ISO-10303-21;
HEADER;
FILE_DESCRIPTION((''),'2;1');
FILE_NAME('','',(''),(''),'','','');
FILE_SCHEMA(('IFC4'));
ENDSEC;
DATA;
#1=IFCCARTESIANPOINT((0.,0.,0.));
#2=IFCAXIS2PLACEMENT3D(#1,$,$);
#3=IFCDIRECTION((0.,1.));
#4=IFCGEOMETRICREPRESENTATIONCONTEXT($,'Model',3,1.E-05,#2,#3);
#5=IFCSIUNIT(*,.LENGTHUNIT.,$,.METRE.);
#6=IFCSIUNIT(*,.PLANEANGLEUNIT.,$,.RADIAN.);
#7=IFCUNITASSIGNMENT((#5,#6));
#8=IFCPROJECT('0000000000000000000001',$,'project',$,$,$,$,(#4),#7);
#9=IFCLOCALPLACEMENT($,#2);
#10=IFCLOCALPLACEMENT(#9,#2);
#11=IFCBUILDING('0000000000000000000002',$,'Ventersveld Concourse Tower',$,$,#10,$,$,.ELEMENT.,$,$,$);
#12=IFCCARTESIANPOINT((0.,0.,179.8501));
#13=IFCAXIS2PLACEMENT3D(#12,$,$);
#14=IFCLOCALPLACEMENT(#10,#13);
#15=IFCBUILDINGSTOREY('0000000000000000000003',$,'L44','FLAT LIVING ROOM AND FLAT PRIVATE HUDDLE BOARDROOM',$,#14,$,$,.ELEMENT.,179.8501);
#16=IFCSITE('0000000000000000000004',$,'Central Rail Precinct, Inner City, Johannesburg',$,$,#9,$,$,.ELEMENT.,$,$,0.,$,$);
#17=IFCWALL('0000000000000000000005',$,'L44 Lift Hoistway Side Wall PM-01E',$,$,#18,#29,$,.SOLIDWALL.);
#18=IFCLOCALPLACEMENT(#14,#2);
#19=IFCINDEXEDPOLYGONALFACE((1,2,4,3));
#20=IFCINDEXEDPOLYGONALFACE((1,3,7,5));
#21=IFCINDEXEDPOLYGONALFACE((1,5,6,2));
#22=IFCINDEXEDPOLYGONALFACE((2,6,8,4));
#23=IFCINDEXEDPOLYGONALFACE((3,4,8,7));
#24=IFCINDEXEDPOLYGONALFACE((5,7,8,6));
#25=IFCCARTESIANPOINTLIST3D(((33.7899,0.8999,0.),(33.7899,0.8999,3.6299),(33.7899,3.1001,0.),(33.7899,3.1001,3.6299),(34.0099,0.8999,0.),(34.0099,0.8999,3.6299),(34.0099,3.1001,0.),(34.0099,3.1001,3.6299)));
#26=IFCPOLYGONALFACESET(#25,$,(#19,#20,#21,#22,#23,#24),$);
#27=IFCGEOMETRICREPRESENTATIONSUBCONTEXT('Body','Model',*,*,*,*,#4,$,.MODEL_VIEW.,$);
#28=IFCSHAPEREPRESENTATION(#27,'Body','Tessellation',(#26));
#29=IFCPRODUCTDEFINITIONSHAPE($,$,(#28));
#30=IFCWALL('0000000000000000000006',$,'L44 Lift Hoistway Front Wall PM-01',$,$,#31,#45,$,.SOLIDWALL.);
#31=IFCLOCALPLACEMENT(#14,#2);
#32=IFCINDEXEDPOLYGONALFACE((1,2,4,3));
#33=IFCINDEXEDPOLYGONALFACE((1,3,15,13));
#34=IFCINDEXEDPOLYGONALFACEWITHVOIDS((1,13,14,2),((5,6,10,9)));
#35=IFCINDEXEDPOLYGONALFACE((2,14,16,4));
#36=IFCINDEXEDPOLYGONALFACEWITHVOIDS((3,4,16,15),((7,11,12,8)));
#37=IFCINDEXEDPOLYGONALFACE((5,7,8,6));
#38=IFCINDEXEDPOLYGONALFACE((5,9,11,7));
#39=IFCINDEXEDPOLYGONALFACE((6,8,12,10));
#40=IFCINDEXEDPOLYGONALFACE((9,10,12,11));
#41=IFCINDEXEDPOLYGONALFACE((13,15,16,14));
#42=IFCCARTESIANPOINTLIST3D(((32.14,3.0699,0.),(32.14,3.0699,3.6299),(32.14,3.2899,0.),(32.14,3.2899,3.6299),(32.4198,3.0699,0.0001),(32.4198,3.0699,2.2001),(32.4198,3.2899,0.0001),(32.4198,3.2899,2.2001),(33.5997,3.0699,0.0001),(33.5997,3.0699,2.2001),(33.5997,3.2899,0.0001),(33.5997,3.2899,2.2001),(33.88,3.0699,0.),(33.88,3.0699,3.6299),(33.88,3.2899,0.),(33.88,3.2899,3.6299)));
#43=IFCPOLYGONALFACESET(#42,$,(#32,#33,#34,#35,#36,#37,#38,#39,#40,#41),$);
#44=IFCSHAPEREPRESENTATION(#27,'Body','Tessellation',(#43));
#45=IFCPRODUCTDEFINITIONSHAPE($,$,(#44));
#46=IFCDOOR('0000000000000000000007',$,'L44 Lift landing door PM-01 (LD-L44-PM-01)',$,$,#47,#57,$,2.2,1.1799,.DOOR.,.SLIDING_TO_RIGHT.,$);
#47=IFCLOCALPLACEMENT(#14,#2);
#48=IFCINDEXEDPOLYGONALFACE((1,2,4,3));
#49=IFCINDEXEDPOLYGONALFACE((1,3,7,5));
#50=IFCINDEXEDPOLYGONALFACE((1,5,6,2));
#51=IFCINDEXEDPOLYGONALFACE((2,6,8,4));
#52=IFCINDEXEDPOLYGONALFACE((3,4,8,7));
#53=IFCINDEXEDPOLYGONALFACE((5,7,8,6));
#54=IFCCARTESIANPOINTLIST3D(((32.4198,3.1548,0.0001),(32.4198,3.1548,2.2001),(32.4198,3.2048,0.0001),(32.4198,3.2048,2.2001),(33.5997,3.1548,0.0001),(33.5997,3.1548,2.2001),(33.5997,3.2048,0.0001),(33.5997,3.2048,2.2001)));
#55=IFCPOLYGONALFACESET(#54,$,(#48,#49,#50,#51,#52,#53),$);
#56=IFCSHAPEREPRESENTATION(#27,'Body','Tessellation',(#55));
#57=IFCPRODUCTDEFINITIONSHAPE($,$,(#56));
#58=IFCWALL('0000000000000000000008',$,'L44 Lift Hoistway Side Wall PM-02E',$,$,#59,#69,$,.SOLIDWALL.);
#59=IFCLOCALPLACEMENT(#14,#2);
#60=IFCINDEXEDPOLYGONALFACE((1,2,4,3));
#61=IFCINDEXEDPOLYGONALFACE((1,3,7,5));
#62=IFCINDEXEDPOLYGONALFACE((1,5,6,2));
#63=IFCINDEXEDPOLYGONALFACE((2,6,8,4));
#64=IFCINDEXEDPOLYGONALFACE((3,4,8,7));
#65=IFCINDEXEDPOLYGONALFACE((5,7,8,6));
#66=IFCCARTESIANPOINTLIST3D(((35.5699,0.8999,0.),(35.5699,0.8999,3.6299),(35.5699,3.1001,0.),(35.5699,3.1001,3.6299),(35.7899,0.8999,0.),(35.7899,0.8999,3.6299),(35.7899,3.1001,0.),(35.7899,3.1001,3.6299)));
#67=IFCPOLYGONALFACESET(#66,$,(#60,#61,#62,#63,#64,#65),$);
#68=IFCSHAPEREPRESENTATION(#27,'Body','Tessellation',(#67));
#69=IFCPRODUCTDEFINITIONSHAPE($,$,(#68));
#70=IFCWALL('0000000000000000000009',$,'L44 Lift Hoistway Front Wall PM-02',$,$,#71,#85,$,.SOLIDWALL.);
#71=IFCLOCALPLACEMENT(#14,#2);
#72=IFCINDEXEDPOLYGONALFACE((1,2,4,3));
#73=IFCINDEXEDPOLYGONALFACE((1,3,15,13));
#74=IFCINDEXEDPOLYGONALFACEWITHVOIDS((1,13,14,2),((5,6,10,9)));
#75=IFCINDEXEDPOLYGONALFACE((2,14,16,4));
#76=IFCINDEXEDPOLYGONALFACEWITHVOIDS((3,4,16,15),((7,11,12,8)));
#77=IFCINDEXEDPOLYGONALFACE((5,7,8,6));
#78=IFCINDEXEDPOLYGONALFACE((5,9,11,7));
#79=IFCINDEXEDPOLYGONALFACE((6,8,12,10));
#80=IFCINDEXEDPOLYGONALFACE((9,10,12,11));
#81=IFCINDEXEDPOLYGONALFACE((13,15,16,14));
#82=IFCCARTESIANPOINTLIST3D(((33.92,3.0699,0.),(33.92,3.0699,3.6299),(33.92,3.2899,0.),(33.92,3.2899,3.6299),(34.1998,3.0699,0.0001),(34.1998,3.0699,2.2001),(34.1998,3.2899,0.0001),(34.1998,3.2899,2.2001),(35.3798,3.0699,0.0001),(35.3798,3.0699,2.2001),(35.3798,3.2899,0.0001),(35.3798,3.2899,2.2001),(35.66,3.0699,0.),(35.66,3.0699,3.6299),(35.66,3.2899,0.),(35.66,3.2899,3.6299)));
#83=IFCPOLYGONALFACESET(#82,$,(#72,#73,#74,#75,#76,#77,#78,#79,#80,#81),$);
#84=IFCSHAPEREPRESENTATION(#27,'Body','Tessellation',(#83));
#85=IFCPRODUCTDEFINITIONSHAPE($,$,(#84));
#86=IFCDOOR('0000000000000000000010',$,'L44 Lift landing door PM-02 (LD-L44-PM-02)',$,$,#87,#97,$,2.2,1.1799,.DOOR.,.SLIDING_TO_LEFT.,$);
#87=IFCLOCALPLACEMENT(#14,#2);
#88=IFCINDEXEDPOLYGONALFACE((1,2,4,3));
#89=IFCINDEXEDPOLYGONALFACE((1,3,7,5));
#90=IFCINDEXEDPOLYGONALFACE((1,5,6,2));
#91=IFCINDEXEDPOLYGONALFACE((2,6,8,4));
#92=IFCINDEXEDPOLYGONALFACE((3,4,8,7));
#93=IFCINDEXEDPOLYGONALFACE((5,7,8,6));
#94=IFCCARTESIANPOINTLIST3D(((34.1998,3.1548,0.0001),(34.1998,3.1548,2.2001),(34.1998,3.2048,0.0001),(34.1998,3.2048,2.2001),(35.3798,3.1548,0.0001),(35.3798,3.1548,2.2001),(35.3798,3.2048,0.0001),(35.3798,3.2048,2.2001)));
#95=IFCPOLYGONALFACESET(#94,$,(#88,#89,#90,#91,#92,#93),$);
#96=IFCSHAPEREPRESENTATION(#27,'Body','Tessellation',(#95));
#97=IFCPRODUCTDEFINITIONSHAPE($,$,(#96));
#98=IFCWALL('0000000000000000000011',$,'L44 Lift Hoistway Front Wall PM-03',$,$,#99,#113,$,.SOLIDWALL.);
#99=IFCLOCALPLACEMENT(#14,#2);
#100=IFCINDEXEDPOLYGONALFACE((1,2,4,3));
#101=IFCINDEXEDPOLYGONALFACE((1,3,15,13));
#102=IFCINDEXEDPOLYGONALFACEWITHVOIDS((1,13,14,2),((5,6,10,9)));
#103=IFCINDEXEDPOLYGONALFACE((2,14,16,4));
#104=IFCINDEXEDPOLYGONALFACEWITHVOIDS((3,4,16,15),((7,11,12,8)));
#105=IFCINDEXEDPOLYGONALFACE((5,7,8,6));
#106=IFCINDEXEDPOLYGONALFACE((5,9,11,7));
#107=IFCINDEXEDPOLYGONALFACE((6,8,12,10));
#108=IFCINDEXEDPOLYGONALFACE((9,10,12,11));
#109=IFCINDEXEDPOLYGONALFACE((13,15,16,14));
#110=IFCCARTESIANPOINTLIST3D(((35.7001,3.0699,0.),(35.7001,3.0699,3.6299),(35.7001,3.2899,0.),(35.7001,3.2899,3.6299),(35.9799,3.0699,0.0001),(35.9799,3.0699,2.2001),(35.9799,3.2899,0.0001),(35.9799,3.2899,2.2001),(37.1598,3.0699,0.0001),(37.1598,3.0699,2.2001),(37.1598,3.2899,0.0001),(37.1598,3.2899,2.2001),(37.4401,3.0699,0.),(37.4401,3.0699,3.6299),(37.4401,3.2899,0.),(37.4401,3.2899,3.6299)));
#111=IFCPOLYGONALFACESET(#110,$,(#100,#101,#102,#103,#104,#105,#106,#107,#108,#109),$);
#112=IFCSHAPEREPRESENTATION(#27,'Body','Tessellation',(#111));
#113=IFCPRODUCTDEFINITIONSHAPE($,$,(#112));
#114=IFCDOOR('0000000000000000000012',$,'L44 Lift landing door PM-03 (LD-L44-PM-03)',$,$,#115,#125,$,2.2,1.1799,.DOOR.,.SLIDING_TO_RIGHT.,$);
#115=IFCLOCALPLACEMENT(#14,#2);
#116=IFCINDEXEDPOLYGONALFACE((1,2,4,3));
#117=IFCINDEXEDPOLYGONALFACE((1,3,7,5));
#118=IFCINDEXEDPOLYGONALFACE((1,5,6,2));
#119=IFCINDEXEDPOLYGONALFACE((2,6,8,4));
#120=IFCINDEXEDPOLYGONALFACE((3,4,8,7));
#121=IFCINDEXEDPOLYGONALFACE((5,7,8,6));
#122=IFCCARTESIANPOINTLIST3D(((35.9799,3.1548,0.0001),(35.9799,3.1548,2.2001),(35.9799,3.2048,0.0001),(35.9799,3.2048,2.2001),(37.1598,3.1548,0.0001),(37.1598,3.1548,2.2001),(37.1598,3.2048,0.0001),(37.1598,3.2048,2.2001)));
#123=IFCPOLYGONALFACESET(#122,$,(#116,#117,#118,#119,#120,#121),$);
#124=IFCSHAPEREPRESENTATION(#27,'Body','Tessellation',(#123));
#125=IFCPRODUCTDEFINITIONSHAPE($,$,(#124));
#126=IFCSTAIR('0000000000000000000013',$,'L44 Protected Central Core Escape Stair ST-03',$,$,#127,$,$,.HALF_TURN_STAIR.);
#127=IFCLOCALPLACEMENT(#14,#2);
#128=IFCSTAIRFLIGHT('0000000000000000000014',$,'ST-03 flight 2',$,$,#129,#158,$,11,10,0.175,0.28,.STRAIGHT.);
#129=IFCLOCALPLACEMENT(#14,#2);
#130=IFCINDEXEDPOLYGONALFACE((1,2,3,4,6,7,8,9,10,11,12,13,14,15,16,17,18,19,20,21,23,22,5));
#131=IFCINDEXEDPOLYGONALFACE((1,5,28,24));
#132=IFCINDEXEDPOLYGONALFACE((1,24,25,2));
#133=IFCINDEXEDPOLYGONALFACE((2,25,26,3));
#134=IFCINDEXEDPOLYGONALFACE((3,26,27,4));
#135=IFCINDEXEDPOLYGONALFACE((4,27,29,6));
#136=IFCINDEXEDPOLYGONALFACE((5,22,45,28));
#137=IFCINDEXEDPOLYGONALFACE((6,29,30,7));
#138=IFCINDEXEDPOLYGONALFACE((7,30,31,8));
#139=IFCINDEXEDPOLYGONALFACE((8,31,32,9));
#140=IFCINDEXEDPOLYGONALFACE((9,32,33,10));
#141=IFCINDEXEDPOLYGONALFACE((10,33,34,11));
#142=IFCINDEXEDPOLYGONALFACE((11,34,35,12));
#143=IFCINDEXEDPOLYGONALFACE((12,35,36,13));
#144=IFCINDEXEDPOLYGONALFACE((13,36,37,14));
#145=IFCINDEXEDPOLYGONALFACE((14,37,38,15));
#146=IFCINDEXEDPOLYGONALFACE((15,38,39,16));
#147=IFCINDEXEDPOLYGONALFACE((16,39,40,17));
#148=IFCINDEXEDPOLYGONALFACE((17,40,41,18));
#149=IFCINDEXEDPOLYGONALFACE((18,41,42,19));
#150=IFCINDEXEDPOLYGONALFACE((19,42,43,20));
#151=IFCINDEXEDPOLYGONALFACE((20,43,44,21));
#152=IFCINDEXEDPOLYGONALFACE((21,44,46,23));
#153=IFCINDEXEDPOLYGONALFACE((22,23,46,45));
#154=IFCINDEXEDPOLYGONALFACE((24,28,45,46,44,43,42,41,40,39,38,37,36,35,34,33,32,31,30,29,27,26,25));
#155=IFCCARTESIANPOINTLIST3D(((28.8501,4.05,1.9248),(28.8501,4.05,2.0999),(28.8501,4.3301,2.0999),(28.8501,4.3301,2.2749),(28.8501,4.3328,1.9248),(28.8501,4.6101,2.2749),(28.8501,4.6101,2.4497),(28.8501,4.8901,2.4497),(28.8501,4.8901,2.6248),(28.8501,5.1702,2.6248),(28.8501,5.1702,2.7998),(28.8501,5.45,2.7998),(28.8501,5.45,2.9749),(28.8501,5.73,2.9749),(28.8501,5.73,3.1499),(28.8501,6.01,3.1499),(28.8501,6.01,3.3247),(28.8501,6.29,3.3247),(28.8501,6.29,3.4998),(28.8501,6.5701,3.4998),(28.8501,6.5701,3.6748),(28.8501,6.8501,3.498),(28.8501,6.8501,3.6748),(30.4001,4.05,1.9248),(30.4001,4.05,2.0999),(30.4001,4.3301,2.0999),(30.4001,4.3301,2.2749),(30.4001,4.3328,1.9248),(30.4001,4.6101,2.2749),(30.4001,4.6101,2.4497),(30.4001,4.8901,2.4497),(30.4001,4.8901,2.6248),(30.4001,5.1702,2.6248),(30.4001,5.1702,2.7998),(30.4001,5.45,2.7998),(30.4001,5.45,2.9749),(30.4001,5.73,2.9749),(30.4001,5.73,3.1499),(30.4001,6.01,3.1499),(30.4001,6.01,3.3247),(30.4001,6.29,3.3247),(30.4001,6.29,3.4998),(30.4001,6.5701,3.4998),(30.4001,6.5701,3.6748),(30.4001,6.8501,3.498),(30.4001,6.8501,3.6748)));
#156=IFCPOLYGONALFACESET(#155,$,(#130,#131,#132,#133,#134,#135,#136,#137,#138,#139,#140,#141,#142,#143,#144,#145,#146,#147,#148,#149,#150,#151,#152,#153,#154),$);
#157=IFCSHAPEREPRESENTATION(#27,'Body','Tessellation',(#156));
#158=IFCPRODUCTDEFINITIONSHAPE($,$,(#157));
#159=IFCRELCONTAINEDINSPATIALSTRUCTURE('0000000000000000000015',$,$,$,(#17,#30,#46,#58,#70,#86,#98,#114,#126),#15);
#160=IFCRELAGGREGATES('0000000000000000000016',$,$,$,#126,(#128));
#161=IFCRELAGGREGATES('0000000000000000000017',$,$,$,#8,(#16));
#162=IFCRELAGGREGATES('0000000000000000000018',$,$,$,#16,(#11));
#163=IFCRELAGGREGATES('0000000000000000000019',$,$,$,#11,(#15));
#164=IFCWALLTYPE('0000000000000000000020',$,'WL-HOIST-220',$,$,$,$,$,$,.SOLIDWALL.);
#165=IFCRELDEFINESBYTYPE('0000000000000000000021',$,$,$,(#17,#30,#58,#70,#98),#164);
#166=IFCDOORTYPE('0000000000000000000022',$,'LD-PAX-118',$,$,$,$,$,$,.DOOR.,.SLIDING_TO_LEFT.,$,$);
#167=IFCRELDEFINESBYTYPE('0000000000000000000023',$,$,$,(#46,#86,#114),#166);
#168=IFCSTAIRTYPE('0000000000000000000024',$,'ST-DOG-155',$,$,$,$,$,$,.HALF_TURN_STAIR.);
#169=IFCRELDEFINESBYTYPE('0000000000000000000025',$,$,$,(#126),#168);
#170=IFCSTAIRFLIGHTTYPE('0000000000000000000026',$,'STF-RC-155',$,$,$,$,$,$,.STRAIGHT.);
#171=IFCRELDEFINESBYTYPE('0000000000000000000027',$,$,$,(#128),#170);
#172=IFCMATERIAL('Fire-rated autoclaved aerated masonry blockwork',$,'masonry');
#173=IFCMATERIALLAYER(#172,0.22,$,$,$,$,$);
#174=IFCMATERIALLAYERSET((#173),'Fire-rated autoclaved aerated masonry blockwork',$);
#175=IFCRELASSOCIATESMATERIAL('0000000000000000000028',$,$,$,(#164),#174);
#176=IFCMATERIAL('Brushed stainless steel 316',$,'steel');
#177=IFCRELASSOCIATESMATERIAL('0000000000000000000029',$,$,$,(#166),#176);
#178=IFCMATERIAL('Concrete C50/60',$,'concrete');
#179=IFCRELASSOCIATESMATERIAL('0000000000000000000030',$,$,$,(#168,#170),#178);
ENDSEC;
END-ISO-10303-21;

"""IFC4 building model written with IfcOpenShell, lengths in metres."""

from ifc_helpers import new_model, si_unit, direction, frame, frame_2d, origin, place, context, subcontext, project, spatial, polyline, rectangle, outline, extrude, material, layer, layer_set, type_object, element, fill, aggregate, save


model = new_model("IFC4")

# Units and contexts
model_context = context("Model", 3, precision=1e-05, world=origin(), true_north=direction((0.0, 1.0)))
body_context = subcontext(model_context, "Body", "Model", "MODEL_VIEW")
ifc_project = project(units=[si_unit("LENGTHUNIT", "METRE"), si_unit("PLANEANGLEUNIT", "RADIAN")], contexts=[model_context])

# Site, building, storey
site_placement = place(None, origin())
site = spatial("IfcSite", under=ifc_project, at=site_placement, Name="Central Rail Precinct, Inner City, Johannesburg", CompositionType="ELEMENT", RefElevation=0.0)
building_placement = place(site_placement, origin())
building = spatial("IfcBuilding", under=site, at=building_placement, Name="Ventersveld Concourse Tower", CompositionType="ELEMENT")
storey_placement = place(building_placement, frame((0.0, 0.0, 179.8501)))
storey = spatial("IfcBuildingStorey", under=building, at=storey_placement, Name="L44", Description="FLAT LIVING ROOM AND FLAT PRIVATE HUDDLE BOARDROOM", CompositionType="ELEMENT", Elevation=179.8501)

# Shared definitions
ifc_material_1 = material(Name="Concrete C50/60", Category="concrete")

# Wall
ifc_material_2 = material(Name="Fire-rated autoclaved aerated masonry blockwork", Category="masonry")
ifc_layer_1 = layer(ifc_material_2, 0.22)
ifc_layer_set_1 = layer_set([ifc_layer_1], Name="Fire-rated autoclaved aerated masonry blockwork")
wall_type_1 = type_object("IfcWallType", Name="WL-HOIST-220", PredefinedType="SOLIDWALL", material=ifc_layer_set_1)
for number, where, z_axis, x_axis, name in (
    (1, (33.8999, 0.8999, 0.0), (0.0, 0.0, 1.0), (0.0, 1.0, 0.0), "L44 Lift Hoistway Side Wall PM-01E"),
):
    element("IfcWall", number, at=place(storey_placement, frame(where, z_axis=z_axis, x_axis=x_axis)), inside=storey, type_object=wall_type_1, Name=name, PredefinedType="SOLIDWALL", context=body_context, shape_type="SweptSolid", body=[
        extrude(rectangle(XDim=2.2002, YDim=0.22, at=frame_2d((1.1001, 0.0))), origin(), (0.0, 0.0, 1.0), 3.6299),
    ])

# Wall, opening, door
wall_1_placement = place(storey_placement, frame((32.1399, 3.1799, 0.0), z_axis=(0.0, 0.0, 1.0), x_axis=(1.0, 0.0, 0.0)))
wall_1 = element("IfcWall", 2, at=wall_1_placement, inside=storey, type_object=wall_type_1, Name="L44 Lift Hoistway Front Wall PM-01", PredefinedType="SOLIDWALL", context=body_context, shape_type="SweptSolid", body=[
    extrude(rectangle(XDim=1.74, YDim=0.22, at=frame_2d((0.8701, 0.0))), origin(), (0.0, 0.0, 1.0), 3.6299),
])
opening_1_placement = place(wall_1_placement, frame((0.28, 0.0, 0.0)))
opening_1 = element("IfcOpeningElement", 3, at=opening_1_placement, cuts=wall_1, PredefinedType="OPENING", context=body_context, shape_type="SweptSolid", body=[
    extrude(rectangle(XDim=1.1799, YDim=2.2, at=frame_2d((0.5898, 1.1001))), frame((0.0, 0.1201, 0.0), z_axis=(0.0, -1.0, 0.0), x_axis=(1.0, 0.0, 0.0)), (0.0, 0.0, 1.0), 0.24),
])
ifc_material_3 = material(Name="Brushed stainless steel 316", Category="steel")
door_type = type_object("IfcDoorType", Name="LD-PAX-118", OperationType="SLIDING_TO_LEFT", PredefinedType="DOOR", material=ifc_material_3)
door_1_placement = place(opening_1_placement, origin())
door_1 = element("IfcDoor", 4, at=door_1_placement, inside=storey, type_object=door_type, Name="L44 Lift landing door PM-01 (LD-L44-PM-01)", OperationType="SLIDING_TO_RIGHT", OverallHeight=2.2, OverallWidth=1.1799, PredefinedType="DOOR", context=body_context, shape_type="SweptSolid", body=[
    extrude(rectangle(XDim=1.1799, YDim=2.2, at=frame_2d((0.5898, 1.1001))), frame((0.0, 0.0249, 0.0), z_axis=(0.0, -1.0, 0.0), x_axis=(1.0, 0.0, 0.0)), (0.0, 0.0, 1.0), 0.05),
])
fill(opening_1, door_1)

# Wall
wall_2_placement = place(storey_placement, frame((35.6799, 0.8999, 0.0), z_axis=(0.0, 0.0, 1.0), x_axis=(0.0, 1.0, 0.0)))
element("IfcWall", 5, at=wall_2_placement, inside=storey, type_object=wall_type_1, Name="L44 Lift Hoistway Side Wall PM-02E", PredefinedType="SOLIDWALL", context=body_context, shape_type="SweptSolid", body=[
    extrude(rectangle(XDim=2.2002, YDim=0.22, at=frame_2d((1.1001, 0.0))), origin(), (0.0, 0.0, 1.0), 3.6299),
])

# Walls, openings, doors
wall_3_placement = place(storey_placement, frame((33.9199, 3.1799, 0.0), z_axis=(0.0, 0.0, 1.0), x_axis=(1.0, 0.0, 0.0)))
wall_3 = element("IfcWall", 6, at=wall_3_placement, inside=storey, type_object=wall_type_1, Name="L44 Lift Hoistway Front Wall PM-02", PredefinedType="SOLIDWALL", context=body_context, shape_type="SweptSolid", body=[
    extrude(rectangle(XDim=1.74, YDim=0.22, at=frame_2d((0.8701, 0.0))), origin(), (0.0, 0.0, 1.0), 3.6299),
])
opening_2_placement = place(wall_3_placement, frame((0.28, 0.0, 0.0)))
opening_2 = element("IfcOpeningElement", 7, at=opening_2_placement, cuts=wall_3, PredefinedType="OPENING", context=body_context, shape_type="SweptSolid", body=[
    extrude(rectangle(XDim=1.1799, YDim=2.2, at=frame_2d((0.5898, 1.1001))), frame((0.0, 0.1201, 0.0), z_axis=(0.0, -1.0, 0.0), x_axis=(1.0, 0.0, 0.0)), (0.0, 0.0, 1.0), 0.24),
])
door_2_placement = place(opening_2_placement, origin())
door_2 = element("IfcDoor", 8, at=door_2_placement, inside=storey, type_object=door_type, Name="L44 Lift landing door PM-02 (LD-L44-PM-02)", OperationType="SLIDING_TO_LEFT", OverallHeight=2.2, OverallWidth=1.1799, PredefinedType="DOOR", context=body_context, shape_type="SweptSolid", body=[
    extrude(rectangle(XDim=1.1799, YDim=2.2, at=frame_2d((0.5898, 1.1001))), frame((0.0, 0.0249, 0.0), z_axis=(0.0, -1.0, 0.0), x_axis=(1.0, 0.0, 0.0)), (0.0, 0.0, 1.0), 0.05),
])
fill(opening_2, door_2)
wall_4_placement = place(storey_placement, frame((35.7, 3.1799, 0.0), z_axis=(0.0, 0.0, 1.0), x_axis=(1.0, 0.0, 0.0)))
wall_4 = element("IfcWall", 9, at=wall_4_placement, inside=storey, type_object=wall_type_1, Name="L44 Lift Hoistway Front Wall PM-03", PredefinedType="SOLIDWALL", context=body_context, shape_type="SweptSolid", body=[
    extrude(rectangle(XDim=1.74, YDim=0.22, at=frame_2d((0.8701, 0.0))), origin(), (0.0, 0.0, 1.0), 3.6299),
])
opening_3_placement = place(wall_4_placement, frame((0.28, 0.0, 0.0)))
opening_3 = element("IfcOpeningElement", 10, at=opening_3_placement, cuts=wall_4, PredefinedType="OPENING", context=body_context, shape_type="SweptSolid", body=[
    extrude(rectangle(XDim=1.1799, YDim=2.2, at=frame_2d((0.5898, 1.1001))), frame((0.0, 0.1201, 0.0), z_axis=(0.0, -1.0, 0.0), x_axis=(1.0, 0.0, 0.0)), (0.0, 0.0, 1.0), 0.24),
])
door_3_placement = place(opening_3_placement, origin())
door_3 = element("IfcDoor", 11, at=door_3_placement, inside=storey, type_object=door_type, Name="L44 Lift landing door PM-03 (LD-L44-PM-03)", OperationType="SLIDING_TO_RIGHT", OverallHeight=2.2, OverallWidth=1.1799, PredefinedType="DOOR", context=body_context, shape_type="SweptSolid", body=[
    extrude(rectangle(XDim=1.1799, YDim=2.2, at=frame_2d((0.5898, 1.1001))), frame((0.0, 0.0249, 0.0), z_axis=(0.0, -1.0, 0.0), x_axis=(1.0, 0.0, 0.0)), (0.0, 0.0, 1.0), 0.05),
])
fill(opening_3, door_3)

# Stair, stair flight
stair_type = type_object("IfcStairType", Name="ST-DOG-155", PredefinedType="HALF_TURN_STAIR", material=ifc_material_1)
stair_placement = place(storey_placement, origin())
stair = element("IfcStair", 12, at=stair_placement, inside=storey, type_object=stair_type, Name="L44 Protected Central Core Escape Stair ST-03", PredefinedType="HALF_TURN_STAIR")
stair_flight_type = type_object("IfcStairFlightType", Name="STF-RC-155", PredefinedType="STRAIGHT", material=ifc_material_1)
stair_flight_placement = place(storey_placement, frame((29.625, 4.05, 1.9248), z_axis=(0.0, 0.0, 1.0), x_axis=(0.0, 1.0, 0.0)))
stair_flight = element("IfcStairFlight", 13, at=stair_flight_placement, type_object=stair_flight_type, Name="ST-03 flight 2", NumberOfRisers=11, NumberOfTreads=10, PredefinedType="STRAIGHT", RiserHeight=0.175, TreadLength=0.28, context=body_context, shape_type="SweptSolid", body=[
    extrude(outline(polyline([(0.0, 0.0), (0.0, 0.175), (0.28, 0.175), (0.28, 0.3501), (0.5601, 0.3501), (0.5601, 0.5249), (0.8401, 0.5249), (0.8401, 0.7), (1.1201, 0.7), (1.1201, 0.875), (1.3999, 0.875), (1.3999, 1.05), (1.6799, 1.05), (1.6799, 1.2251), (1.96, 1.2251), (1.96, 1.3999), (2.24, 1.3999), (2.24, 1.575), (2.52, 1.575), (2.52, 1.75), (2.8, 1.75), (2.8, 1.925), (2.8, 1.5732), (0.2827, 0.0), (0.0, 0.0)])), frame((0.0, 0.7749, 0.0), z_axis=(0.0, -1.0, 0.0), x_axis=(1.0, 0.0, 0.0)), (0.0, 0.0, 1.0), 1.55),
])
aggregate(stair, [stair_flight])

save(model, "model.ifc")
